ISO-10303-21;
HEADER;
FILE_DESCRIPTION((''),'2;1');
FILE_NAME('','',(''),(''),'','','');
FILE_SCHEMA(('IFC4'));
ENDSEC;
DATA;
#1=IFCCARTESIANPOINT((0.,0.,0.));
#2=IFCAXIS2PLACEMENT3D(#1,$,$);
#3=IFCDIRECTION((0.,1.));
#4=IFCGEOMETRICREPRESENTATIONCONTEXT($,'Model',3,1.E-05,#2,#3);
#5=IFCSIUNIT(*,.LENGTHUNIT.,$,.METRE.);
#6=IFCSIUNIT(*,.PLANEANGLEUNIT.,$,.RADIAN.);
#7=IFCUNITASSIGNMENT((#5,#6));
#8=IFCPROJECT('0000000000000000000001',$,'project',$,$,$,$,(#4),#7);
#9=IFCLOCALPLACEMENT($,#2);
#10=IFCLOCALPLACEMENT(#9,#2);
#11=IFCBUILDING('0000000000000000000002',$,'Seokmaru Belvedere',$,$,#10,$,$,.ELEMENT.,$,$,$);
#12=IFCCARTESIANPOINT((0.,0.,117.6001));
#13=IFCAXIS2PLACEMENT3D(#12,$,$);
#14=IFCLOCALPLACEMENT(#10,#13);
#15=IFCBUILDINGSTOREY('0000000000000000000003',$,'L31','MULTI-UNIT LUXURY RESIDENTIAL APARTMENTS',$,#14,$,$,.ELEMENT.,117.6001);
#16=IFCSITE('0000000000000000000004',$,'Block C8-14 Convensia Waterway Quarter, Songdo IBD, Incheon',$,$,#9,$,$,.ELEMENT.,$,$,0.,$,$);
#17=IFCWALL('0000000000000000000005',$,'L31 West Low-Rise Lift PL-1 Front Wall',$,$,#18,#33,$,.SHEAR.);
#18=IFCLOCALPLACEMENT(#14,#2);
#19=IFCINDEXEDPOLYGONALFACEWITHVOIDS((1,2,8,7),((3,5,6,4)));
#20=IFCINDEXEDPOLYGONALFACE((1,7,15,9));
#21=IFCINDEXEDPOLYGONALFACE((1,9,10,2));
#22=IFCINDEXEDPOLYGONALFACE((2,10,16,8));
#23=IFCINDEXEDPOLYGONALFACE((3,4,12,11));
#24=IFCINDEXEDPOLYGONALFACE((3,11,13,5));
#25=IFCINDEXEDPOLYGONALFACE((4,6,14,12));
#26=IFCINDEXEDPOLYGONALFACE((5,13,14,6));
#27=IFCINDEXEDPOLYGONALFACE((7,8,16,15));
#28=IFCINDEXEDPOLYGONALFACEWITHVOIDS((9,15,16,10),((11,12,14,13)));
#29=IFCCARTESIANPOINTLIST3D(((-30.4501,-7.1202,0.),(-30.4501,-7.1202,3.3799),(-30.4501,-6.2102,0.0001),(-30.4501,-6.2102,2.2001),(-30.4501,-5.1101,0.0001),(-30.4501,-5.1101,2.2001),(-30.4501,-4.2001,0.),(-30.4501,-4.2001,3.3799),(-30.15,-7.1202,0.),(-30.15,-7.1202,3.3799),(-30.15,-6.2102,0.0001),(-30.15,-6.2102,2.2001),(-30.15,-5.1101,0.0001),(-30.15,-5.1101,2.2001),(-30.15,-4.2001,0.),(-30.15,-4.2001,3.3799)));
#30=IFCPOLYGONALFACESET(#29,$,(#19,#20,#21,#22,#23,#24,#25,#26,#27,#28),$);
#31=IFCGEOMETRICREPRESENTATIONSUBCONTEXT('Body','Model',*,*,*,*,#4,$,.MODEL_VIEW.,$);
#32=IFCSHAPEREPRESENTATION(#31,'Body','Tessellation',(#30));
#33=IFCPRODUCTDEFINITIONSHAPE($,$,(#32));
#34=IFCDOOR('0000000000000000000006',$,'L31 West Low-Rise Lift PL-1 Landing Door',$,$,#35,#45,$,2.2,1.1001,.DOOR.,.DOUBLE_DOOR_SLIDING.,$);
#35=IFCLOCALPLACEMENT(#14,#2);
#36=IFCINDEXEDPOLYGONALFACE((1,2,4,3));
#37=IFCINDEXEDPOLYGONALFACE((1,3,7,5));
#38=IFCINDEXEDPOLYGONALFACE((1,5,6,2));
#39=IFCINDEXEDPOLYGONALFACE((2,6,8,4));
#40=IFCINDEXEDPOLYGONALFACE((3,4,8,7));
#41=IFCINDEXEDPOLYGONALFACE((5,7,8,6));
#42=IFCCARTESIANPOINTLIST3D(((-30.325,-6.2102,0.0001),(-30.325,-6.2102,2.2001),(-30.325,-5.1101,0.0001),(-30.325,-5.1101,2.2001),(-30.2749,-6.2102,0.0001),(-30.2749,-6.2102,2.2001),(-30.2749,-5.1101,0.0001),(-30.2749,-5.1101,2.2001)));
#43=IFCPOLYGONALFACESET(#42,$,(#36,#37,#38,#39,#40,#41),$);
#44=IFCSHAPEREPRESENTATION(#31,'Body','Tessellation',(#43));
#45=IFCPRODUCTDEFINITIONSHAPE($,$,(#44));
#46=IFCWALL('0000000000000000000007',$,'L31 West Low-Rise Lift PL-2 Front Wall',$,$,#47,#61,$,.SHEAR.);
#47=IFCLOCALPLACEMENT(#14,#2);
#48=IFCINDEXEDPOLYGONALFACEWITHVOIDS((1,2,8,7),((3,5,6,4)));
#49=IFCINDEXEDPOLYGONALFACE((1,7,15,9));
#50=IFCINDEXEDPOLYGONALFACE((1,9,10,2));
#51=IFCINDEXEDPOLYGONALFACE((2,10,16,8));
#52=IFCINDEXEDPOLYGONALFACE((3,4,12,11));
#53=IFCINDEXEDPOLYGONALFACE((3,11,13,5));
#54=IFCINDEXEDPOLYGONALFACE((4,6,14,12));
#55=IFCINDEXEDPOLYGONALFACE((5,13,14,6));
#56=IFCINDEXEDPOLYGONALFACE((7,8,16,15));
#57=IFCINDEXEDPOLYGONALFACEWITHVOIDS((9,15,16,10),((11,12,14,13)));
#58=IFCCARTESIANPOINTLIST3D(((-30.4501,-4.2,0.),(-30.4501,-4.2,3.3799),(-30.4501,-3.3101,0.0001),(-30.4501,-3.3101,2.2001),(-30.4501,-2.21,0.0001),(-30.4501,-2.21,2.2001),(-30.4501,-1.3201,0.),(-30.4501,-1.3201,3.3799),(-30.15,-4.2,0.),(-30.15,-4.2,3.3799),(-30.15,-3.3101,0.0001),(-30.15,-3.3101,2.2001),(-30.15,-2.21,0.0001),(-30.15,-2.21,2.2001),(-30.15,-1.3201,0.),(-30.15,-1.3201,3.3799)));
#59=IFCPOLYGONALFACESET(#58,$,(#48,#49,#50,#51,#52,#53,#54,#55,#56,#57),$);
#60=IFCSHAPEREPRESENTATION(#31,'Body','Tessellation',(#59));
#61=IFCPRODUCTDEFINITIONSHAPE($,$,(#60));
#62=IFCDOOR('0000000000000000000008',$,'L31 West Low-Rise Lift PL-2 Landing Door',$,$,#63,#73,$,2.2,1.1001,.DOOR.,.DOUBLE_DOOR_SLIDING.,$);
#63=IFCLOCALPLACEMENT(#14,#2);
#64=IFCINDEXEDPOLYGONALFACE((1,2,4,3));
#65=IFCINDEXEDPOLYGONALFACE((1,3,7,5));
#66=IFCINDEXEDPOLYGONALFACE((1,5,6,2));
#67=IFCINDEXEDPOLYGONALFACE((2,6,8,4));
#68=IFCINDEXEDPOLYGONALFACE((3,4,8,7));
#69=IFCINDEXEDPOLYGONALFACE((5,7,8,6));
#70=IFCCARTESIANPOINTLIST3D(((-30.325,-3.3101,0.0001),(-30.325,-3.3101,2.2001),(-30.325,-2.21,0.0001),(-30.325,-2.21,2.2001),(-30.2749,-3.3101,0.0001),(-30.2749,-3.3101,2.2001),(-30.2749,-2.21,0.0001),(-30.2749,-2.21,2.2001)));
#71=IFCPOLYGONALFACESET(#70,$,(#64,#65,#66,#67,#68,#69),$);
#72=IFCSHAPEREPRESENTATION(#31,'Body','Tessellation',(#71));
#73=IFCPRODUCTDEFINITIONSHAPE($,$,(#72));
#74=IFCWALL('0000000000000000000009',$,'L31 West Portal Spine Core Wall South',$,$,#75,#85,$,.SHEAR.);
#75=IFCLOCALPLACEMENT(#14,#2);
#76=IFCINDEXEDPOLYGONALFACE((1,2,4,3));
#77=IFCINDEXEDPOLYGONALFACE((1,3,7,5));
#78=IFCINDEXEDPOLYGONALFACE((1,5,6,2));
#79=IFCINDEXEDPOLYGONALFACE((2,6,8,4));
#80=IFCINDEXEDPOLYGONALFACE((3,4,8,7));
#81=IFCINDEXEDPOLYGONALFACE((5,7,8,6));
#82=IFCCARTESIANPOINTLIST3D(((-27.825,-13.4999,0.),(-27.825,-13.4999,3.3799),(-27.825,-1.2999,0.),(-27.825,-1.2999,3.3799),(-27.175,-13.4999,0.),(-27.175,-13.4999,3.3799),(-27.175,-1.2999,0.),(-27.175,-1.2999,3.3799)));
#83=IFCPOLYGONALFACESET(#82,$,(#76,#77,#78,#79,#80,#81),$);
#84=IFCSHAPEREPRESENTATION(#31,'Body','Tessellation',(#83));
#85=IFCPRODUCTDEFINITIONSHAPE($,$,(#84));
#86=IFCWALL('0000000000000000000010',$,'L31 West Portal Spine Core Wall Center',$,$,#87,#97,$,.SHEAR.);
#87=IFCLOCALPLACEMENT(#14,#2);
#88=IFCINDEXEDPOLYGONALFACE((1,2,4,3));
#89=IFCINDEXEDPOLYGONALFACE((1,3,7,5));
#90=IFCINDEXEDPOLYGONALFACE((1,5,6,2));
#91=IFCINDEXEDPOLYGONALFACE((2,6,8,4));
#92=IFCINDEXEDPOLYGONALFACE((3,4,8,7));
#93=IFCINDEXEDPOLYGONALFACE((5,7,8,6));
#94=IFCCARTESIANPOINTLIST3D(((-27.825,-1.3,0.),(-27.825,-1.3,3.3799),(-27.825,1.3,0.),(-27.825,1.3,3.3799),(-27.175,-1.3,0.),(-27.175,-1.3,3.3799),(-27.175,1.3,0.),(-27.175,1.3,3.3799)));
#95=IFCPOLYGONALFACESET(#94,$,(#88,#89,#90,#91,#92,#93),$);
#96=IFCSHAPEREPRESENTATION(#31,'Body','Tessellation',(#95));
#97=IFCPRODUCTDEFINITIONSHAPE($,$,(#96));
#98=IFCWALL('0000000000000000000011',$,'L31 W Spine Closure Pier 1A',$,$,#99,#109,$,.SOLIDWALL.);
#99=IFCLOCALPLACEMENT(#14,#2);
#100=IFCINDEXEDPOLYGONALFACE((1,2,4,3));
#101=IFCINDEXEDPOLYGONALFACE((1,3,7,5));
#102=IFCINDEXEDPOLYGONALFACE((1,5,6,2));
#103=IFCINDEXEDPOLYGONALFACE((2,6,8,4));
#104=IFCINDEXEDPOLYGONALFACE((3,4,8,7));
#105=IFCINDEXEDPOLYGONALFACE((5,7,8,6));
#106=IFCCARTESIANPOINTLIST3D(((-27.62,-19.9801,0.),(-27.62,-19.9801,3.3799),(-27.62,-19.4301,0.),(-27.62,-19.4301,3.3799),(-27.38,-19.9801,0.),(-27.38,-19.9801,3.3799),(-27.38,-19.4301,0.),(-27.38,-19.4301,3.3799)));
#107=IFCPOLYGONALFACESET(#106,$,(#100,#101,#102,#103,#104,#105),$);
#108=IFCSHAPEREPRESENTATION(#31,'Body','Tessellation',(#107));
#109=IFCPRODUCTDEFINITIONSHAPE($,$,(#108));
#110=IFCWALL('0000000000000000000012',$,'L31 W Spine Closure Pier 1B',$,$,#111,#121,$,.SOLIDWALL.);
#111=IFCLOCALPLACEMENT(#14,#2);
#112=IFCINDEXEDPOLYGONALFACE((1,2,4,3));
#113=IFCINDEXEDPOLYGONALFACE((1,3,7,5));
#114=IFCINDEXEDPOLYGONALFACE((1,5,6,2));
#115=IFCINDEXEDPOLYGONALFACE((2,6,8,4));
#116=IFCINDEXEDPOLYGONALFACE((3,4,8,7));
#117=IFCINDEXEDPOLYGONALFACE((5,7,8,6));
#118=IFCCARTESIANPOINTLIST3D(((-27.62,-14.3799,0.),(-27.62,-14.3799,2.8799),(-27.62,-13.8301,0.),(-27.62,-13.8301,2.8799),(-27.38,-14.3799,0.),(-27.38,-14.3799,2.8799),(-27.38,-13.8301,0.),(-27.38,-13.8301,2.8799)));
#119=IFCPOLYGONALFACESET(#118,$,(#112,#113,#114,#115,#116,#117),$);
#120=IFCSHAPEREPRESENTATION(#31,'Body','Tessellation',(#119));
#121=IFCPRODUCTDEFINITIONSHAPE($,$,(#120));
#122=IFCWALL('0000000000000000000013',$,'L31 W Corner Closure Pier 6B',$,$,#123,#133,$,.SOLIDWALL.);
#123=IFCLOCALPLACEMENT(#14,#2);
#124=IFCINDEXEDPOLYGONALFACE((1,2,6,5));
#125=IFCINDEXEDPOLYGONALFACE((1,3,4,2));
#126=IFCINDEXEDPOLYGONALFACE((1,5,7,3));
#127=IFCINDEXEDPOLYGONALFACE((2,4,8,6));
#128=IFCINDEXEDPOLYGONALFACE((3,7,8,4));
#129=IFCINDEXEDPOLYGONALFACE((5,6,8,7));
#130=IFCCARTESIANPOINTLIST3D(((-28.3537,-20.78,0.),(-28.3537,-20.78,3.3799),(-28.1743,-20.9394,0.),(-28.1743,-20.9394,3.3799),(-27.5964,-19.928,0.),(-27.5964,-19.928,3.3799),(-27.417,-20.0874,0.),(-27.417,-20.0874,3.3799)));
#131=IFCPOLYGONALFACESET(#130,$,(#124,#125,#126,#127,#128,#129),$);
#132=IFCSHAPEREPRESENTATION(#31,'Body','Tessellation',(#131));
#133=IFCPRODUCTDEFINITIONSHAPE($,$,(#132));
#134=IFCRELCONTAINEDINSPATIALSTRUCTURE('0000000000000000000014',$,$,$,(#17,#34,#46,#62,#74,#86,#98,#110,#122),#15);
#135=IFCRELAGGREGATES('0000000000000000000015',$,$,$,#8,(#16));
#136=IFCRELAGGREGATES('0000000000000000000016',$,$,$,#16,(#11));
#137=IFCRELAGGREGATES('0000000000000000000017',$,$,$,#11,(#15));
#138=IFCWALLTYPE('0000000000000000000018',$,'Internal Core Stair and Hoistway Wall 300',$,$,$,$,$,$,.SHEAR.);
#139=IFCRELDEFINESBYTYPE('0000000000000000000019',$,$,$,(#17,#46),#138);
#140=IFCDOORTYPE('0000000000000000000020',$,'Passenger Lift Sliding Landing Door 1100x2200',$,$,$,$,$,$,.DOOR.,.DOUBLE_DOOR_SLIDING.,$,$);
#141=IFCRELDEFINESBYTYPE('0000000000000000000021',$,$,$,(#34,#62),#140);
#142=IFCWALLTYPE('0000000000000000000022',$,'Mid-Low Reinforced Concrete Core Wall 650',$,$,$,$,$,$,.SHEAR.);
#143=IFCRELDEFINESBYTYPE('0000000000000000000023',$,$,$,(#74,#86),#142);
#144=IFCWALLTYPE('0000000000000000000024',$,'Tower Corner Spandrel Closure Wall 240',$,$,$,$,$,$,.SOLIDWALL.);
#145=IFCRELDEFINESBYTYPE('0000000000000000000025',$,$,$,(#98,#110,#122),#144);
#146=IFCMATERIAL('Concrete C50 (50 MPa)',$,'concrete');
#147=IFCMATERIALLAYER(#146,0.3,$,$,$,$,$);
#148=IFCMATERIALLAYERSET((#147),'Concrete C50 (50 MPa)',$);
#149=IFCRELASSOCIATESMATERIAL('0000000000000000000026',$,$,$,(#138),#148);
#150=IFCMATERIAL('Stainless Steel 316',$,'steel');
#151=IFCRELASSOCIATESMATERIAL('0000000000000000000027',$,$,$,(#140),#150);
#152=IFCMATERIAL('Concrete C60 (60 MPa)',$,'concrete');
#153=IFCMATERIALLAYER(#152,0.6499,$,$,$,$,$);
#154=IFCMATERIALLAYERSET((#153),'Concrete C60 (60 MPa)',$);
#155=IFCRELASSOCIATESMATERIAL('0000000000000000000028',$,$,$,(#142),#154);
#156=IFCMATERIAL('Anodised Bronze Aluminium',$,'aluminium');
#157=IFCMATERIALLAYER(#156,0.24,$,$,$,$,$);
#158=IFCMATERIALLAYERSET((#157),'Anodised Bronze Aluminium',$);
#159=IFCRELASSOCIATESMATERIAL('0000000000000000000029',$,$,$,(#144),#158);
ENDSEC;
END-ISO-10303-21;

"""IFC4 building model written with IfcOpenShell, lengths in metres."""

from ifc_helpers import new_model, si_unit, direction, frame, frame_2d, origin, place, context, subcontext, project, spatial, rectangle, extrude, source, transform, mapped, material, layer, layer_set, type_object, type_shapes, element, fill, save


model = new_model("IFC4")

# Units and contexts
model_context = context("Model", 3, precision=1e-05, world=origin(), true_north=direction((0.0, 1.0)))
body_context = subcontext(model_context, "Body", "Model", "MODEL_VIEW")
ifc_project = project(units=[si_unit("LENGTHUNIT", "METRE"), si_unit("PLANEANGLEUNIT", "RADIAN")], contexts=[model_context])

# Site, building, storey
site_placement = place(None, origin())
site = spatial("IfcSite", under=ifc_project, at=site_placement, Name="Block C8-14 Convensia Waterway Quarter, Songdo IBD, Incheon", CompositionType="ELEMENT", RefElevation=0.0)
building_placement = place(site_placement, origin())
building = spatial("IfcBuilding", under=site, at=building_placement, Name="Seokmaru Belvedere", CompositionType="ELEMENT")
storey_placement = place(building_placement, frame((0.0, 0.0, 117.6001)))
storey = spatial("IfcBuildingStorey", under=building, at=storey_placement, Name="L31", Description="MULTI-UNIT LUXURY RESIDENTIAL APARTMENTS", CompositionType="ELEMENT", Elevation=117.6001)

# Shared definitions
ifc_material_1 = material(Name="Anodised Bronze Aluminium", Category="aluminium")

# Shared definitions
ifc_material_2 = material(Name="Concrete C50 (50 MPa)", Category="concrete")

# Walls, openings, doors
ifc_layer_1 = layer(ifc_material_2, 0.3)
ifc_layer_set_1 = layer_set([ifc_layer_1], Name="Concrete C50 (50 MPa)")
wall_type_1 = type_object("IfcWallType", Name="Internal Core Stair and Hoistway Wall 300", PredefinedType="SHEAR", material=ifc_layer_set_1)
ifc_material_3 = material(Name="Stainless Steel 316", Category="steel")
wall_1_placement = place(storey_placement, frame((-30.3, -7.1201, 0.0), z_axis=(0.0, 0.0, 1.0), x_axis=(0.0, 1.0, 0.0)))
wall_1 = element("IfcWall", 1, at=wall_1_placement, inside=storey, type_object=wall_type_1, Name="L31 West Low-Rise Lift PL-1 Front Wall", PredefinedType="SHEAR", context=body_context, shape_type="SweptSolid", body=[
    extrude(rectangle(XDim=2.9202, YDim=0.3, at=frame_2d((1.46, 0.0))), origin(), (0.0, 0.0, 1.0), 3.3799),
])
opening_1_placement = place(wall_1_placement, frame((0.9099, 0.0, 0.0)))
opening_1 = element("IfcOpeningElement", 2, at=opening_1_placement, cuts=wall_1, PredefinedType="OPENING", context=body_context, shape_type="SweptSolid", body=[
    extrude(rectangle(XDim=1.1001, YDim=2.2, at=frame_2d((0.55, 1.1001))), frame((0.0, 0.1602, 0.0), z_axis=(0.0, -1.0, 0.0), x_axis=(1.0, 0.0, 0.0)), (0.0, 0.0, 1.0), 0.3201),
])
door_type_1 = type_object("IfcDoorType", Name="Passenger Lift Sliding Landing Door 1100x2200", OperationType="DOUBLE_DOOR_SLIDING", PredefinedType="DOOR", material=ifc_material_3)
shared_shape_1 = source(origin(), body_context, "Body", "SweptSolid", [
    extrude(rectangle(XDim=1.1001, YDim=2.2, at=frame_2d((0.55, 1.1001))), frame((0.0, 0.0249, 0.0), z_axis=(0.0, -1.0, 0.0), x_axis=(1.0, 0.0, 0.0)), (0.0, 0.0, 1.0), 0.05),
])
type_shapes(door_type_1, [shared_shape_1])
door_1_placement = place(opening_1_placement, origin())
door_1 = element("IfcDoor", 3, at=door_1_placement, inside=storey, type_object=door_type_1, Name="L31 West Low-Rise Lift PL-1 Landing Door", OperationType="DOUBLE_DOOR_SLIDING", OverallHeight=2.2, OverallWidth=1.1001, PredefinedType="DOOR", context=body_context, shape_type="MappedRepresentation", body=[
    mapped(shared_shape_1, transform((0.0, 0.0, 0.0), scale=1.0)),
])
fill(opening_1, door_1)
wall_2_placement = place(storey_placement, frame((-30.3, -4.2, 0.0), z_axis=(0.0, 0.0, 1.0), x_axis=(0.0, 1.0, 0.0)))
wall_2 = element("IfcWall", 4, at=wall_2_placement, inside=storey, type_object=wall_type_1, Name="L31 West Low-Rise Lift PL-2 Front Wall", PredefinedType="SHEAR", context=body_context, shape_type="SweptSolid", body=[
    extrude(rectangle(XDim=2.8799, YDim=0.3, at=frame_2d((1.4399, 0.0))), origin(), (0.0, 0.0, 1.0), 3.3799),
])
opening_2_placement = place(wall_2_placement, frame((0.8899, 0.0, 0.0)))
opening_2 = element("IfcOpeningElement", 5, at=opening_2_placement, cuts=wall_2, PredefinedType="OPENING", context=body_context, shape_type="SweptSolid", body=[
    extrude(rectangle(XDim=1.1001, YDim=2.2, at=frame_2d((0.55, 1.1001))), frame((0.0, 0.1602, 0.0), z_axis=(0.0, -1.0, 0.0), x_axis=(1.0, 0.0, 0.0)), (0.0, 0.0, 1.0), 0.3201),
])
door_2_placement = place(opening_2_placement, origin())
door_2 = element("IfcDoor", 6, at=door_2_placement, inside=storey, type_object=door_type_1, Name="L31 West Low-Rise Lift PL-2 Landing Door", OperationType="DOUBLE_DOOR_SLIDING", OverallHeight=2.2, OverallWidth=1.1001, PredefinedType="DOOR", context=body_context, shape_type="MappedRepresentation", body=[
    mapped(shared_shape_1, transform((0.0, 0.0, 0.0), scale=1.0)),
])
fill(opening_2, door_2)

# Walls
ifc_material_4 = material(Name="Concrete C60 (60 MPa)", Category="concrete")
ifc_layer_2 = layer(ifc_material_4, 0.6499)
ifc_layer_set_2 = layer_set([ifc_layer_2], Name="Concrete C60 (60 MPa)")
wall_type_2 = type_object("IfcWallType", Name="Mid-Low Reinforced Concrete Core Wall 650", PredefinedType="SHEAR", material=ifc_layer_set_2)
wall_3_placement = place(storey_placement, frame((-27.5, -13.5, 0.0), z_axis=(0.0, 0.0, 1.0), x_axis=(0.0, 1.0, 0.0)))
element("IfcWall", 7, at=wall_3_placement, inside=storey, type_object=wall_type_2, Name="L31 West Portal Spine Core Wall South", PredefinedType="SHEAR", context=body_context, shape_type="SweptSolid", body=[
    extrude(rectangle(XDim=12.2, YDim=0.6499, at=frame_2d((6.1001, 0.0))), origin(), (0.0, 0.0, 1.0), 3.3799),
])
wall_4_placement = place(storey_placement, frame((-27.5, -1.3, 0.0), z_axis=(0.0, 0.0, 1.0), x_axis=(0.0, 1.0, 0.0)))
element("IfcWall", 8, at=wall_4_placement, inside=storey, type_object=wall_type_2, Name="L31 West Portal Spine Core Wall Center", PredefinedType="SHEAR", context=body_context, shape_type="SweptSolid", body=[
    extrude(rectangle(XDim=2.6001, YDim=0.6499, at=frame_2d((1.3, 0.0))), origin(), (0.0, 0.0, 1.0), 3.3799),
])
ifc_layer_3 = layer(ifc_material_1, 0.24)
ifc_layer_set_3 = layer_set([ifc_layer_3], Name="Anodised Bronze Aluminium")
wall_type_3 = type_object("IfcWallType", Name="Tower Corner Spandrel Closure Wall 240", PredefinedType="SOLIDWALL", material=ifc_layer_set_3)
wall_5_placement = place(storey_placement, frame((-27.5, -19.98, 0.0), z_axis=(0.0, 0.0, 1.0), x_axis=(0.0, 1.0, 0.0)))
element("IfcWall", 9, at=wall_5_placement, inside=storey, type_object=wall_type_3, Name="L31 W Spine Closure Pier 1A", PredefinedType="SOLIDWALL", context=body_context, shape_type="SweptSolid", body=[
    extrude(rectangle(XDim=0.55, YDim=0.24, at=frame_2d((0.2749, 0.0))), origin(), (0.0, 0.0, 1.0), 3.3799),
])
wall_6_placement = place(storey_placement, frame((-27.5, -14.3799, 0.0), z_axis=(0.0, 0.0, 1.0), x_axis=(0.0, 1.0, 0.0)))
element("IfcWall", 10, at=wall_6_placement, inside=storey, type_object=wall_type_3, Name="L31 W Spine Closure Pier 1B", PredefinedType="SOLIDWALL", context=body_context, shape_type="SweptSolid", body=[
    extrude(rectangle(XDim=0.5498, YDim=0.24, at=frame_2d((0.2749, 0.0))), origin(), (0.0, 0.0, 1.0), 2.8799),
])
wall_7_placement = place(storey_placement, frame((-28.2639, -20.8596, 0.0), z_axis=(0.0, 0.0, 1.0), x_axis=(0.664337, 0.747433, 0.0)))
element("IfcWall", 11, at=wall_7_placement, inside=storey, type_object=wall_type_3, Name="L31 W Corner Closure Pier 6B", PredefinedType="SOLIDWALL", context=body_context, shape_type="SweptSolid", body=[
    extrude(rectangle(XDim=1.1399, YDim=0.24, at=frame_2d((0.5698, 0.0))), origin(), (0.0, 0.0, 1.0), 3.3799),
])

save(model, "model.ifc")
